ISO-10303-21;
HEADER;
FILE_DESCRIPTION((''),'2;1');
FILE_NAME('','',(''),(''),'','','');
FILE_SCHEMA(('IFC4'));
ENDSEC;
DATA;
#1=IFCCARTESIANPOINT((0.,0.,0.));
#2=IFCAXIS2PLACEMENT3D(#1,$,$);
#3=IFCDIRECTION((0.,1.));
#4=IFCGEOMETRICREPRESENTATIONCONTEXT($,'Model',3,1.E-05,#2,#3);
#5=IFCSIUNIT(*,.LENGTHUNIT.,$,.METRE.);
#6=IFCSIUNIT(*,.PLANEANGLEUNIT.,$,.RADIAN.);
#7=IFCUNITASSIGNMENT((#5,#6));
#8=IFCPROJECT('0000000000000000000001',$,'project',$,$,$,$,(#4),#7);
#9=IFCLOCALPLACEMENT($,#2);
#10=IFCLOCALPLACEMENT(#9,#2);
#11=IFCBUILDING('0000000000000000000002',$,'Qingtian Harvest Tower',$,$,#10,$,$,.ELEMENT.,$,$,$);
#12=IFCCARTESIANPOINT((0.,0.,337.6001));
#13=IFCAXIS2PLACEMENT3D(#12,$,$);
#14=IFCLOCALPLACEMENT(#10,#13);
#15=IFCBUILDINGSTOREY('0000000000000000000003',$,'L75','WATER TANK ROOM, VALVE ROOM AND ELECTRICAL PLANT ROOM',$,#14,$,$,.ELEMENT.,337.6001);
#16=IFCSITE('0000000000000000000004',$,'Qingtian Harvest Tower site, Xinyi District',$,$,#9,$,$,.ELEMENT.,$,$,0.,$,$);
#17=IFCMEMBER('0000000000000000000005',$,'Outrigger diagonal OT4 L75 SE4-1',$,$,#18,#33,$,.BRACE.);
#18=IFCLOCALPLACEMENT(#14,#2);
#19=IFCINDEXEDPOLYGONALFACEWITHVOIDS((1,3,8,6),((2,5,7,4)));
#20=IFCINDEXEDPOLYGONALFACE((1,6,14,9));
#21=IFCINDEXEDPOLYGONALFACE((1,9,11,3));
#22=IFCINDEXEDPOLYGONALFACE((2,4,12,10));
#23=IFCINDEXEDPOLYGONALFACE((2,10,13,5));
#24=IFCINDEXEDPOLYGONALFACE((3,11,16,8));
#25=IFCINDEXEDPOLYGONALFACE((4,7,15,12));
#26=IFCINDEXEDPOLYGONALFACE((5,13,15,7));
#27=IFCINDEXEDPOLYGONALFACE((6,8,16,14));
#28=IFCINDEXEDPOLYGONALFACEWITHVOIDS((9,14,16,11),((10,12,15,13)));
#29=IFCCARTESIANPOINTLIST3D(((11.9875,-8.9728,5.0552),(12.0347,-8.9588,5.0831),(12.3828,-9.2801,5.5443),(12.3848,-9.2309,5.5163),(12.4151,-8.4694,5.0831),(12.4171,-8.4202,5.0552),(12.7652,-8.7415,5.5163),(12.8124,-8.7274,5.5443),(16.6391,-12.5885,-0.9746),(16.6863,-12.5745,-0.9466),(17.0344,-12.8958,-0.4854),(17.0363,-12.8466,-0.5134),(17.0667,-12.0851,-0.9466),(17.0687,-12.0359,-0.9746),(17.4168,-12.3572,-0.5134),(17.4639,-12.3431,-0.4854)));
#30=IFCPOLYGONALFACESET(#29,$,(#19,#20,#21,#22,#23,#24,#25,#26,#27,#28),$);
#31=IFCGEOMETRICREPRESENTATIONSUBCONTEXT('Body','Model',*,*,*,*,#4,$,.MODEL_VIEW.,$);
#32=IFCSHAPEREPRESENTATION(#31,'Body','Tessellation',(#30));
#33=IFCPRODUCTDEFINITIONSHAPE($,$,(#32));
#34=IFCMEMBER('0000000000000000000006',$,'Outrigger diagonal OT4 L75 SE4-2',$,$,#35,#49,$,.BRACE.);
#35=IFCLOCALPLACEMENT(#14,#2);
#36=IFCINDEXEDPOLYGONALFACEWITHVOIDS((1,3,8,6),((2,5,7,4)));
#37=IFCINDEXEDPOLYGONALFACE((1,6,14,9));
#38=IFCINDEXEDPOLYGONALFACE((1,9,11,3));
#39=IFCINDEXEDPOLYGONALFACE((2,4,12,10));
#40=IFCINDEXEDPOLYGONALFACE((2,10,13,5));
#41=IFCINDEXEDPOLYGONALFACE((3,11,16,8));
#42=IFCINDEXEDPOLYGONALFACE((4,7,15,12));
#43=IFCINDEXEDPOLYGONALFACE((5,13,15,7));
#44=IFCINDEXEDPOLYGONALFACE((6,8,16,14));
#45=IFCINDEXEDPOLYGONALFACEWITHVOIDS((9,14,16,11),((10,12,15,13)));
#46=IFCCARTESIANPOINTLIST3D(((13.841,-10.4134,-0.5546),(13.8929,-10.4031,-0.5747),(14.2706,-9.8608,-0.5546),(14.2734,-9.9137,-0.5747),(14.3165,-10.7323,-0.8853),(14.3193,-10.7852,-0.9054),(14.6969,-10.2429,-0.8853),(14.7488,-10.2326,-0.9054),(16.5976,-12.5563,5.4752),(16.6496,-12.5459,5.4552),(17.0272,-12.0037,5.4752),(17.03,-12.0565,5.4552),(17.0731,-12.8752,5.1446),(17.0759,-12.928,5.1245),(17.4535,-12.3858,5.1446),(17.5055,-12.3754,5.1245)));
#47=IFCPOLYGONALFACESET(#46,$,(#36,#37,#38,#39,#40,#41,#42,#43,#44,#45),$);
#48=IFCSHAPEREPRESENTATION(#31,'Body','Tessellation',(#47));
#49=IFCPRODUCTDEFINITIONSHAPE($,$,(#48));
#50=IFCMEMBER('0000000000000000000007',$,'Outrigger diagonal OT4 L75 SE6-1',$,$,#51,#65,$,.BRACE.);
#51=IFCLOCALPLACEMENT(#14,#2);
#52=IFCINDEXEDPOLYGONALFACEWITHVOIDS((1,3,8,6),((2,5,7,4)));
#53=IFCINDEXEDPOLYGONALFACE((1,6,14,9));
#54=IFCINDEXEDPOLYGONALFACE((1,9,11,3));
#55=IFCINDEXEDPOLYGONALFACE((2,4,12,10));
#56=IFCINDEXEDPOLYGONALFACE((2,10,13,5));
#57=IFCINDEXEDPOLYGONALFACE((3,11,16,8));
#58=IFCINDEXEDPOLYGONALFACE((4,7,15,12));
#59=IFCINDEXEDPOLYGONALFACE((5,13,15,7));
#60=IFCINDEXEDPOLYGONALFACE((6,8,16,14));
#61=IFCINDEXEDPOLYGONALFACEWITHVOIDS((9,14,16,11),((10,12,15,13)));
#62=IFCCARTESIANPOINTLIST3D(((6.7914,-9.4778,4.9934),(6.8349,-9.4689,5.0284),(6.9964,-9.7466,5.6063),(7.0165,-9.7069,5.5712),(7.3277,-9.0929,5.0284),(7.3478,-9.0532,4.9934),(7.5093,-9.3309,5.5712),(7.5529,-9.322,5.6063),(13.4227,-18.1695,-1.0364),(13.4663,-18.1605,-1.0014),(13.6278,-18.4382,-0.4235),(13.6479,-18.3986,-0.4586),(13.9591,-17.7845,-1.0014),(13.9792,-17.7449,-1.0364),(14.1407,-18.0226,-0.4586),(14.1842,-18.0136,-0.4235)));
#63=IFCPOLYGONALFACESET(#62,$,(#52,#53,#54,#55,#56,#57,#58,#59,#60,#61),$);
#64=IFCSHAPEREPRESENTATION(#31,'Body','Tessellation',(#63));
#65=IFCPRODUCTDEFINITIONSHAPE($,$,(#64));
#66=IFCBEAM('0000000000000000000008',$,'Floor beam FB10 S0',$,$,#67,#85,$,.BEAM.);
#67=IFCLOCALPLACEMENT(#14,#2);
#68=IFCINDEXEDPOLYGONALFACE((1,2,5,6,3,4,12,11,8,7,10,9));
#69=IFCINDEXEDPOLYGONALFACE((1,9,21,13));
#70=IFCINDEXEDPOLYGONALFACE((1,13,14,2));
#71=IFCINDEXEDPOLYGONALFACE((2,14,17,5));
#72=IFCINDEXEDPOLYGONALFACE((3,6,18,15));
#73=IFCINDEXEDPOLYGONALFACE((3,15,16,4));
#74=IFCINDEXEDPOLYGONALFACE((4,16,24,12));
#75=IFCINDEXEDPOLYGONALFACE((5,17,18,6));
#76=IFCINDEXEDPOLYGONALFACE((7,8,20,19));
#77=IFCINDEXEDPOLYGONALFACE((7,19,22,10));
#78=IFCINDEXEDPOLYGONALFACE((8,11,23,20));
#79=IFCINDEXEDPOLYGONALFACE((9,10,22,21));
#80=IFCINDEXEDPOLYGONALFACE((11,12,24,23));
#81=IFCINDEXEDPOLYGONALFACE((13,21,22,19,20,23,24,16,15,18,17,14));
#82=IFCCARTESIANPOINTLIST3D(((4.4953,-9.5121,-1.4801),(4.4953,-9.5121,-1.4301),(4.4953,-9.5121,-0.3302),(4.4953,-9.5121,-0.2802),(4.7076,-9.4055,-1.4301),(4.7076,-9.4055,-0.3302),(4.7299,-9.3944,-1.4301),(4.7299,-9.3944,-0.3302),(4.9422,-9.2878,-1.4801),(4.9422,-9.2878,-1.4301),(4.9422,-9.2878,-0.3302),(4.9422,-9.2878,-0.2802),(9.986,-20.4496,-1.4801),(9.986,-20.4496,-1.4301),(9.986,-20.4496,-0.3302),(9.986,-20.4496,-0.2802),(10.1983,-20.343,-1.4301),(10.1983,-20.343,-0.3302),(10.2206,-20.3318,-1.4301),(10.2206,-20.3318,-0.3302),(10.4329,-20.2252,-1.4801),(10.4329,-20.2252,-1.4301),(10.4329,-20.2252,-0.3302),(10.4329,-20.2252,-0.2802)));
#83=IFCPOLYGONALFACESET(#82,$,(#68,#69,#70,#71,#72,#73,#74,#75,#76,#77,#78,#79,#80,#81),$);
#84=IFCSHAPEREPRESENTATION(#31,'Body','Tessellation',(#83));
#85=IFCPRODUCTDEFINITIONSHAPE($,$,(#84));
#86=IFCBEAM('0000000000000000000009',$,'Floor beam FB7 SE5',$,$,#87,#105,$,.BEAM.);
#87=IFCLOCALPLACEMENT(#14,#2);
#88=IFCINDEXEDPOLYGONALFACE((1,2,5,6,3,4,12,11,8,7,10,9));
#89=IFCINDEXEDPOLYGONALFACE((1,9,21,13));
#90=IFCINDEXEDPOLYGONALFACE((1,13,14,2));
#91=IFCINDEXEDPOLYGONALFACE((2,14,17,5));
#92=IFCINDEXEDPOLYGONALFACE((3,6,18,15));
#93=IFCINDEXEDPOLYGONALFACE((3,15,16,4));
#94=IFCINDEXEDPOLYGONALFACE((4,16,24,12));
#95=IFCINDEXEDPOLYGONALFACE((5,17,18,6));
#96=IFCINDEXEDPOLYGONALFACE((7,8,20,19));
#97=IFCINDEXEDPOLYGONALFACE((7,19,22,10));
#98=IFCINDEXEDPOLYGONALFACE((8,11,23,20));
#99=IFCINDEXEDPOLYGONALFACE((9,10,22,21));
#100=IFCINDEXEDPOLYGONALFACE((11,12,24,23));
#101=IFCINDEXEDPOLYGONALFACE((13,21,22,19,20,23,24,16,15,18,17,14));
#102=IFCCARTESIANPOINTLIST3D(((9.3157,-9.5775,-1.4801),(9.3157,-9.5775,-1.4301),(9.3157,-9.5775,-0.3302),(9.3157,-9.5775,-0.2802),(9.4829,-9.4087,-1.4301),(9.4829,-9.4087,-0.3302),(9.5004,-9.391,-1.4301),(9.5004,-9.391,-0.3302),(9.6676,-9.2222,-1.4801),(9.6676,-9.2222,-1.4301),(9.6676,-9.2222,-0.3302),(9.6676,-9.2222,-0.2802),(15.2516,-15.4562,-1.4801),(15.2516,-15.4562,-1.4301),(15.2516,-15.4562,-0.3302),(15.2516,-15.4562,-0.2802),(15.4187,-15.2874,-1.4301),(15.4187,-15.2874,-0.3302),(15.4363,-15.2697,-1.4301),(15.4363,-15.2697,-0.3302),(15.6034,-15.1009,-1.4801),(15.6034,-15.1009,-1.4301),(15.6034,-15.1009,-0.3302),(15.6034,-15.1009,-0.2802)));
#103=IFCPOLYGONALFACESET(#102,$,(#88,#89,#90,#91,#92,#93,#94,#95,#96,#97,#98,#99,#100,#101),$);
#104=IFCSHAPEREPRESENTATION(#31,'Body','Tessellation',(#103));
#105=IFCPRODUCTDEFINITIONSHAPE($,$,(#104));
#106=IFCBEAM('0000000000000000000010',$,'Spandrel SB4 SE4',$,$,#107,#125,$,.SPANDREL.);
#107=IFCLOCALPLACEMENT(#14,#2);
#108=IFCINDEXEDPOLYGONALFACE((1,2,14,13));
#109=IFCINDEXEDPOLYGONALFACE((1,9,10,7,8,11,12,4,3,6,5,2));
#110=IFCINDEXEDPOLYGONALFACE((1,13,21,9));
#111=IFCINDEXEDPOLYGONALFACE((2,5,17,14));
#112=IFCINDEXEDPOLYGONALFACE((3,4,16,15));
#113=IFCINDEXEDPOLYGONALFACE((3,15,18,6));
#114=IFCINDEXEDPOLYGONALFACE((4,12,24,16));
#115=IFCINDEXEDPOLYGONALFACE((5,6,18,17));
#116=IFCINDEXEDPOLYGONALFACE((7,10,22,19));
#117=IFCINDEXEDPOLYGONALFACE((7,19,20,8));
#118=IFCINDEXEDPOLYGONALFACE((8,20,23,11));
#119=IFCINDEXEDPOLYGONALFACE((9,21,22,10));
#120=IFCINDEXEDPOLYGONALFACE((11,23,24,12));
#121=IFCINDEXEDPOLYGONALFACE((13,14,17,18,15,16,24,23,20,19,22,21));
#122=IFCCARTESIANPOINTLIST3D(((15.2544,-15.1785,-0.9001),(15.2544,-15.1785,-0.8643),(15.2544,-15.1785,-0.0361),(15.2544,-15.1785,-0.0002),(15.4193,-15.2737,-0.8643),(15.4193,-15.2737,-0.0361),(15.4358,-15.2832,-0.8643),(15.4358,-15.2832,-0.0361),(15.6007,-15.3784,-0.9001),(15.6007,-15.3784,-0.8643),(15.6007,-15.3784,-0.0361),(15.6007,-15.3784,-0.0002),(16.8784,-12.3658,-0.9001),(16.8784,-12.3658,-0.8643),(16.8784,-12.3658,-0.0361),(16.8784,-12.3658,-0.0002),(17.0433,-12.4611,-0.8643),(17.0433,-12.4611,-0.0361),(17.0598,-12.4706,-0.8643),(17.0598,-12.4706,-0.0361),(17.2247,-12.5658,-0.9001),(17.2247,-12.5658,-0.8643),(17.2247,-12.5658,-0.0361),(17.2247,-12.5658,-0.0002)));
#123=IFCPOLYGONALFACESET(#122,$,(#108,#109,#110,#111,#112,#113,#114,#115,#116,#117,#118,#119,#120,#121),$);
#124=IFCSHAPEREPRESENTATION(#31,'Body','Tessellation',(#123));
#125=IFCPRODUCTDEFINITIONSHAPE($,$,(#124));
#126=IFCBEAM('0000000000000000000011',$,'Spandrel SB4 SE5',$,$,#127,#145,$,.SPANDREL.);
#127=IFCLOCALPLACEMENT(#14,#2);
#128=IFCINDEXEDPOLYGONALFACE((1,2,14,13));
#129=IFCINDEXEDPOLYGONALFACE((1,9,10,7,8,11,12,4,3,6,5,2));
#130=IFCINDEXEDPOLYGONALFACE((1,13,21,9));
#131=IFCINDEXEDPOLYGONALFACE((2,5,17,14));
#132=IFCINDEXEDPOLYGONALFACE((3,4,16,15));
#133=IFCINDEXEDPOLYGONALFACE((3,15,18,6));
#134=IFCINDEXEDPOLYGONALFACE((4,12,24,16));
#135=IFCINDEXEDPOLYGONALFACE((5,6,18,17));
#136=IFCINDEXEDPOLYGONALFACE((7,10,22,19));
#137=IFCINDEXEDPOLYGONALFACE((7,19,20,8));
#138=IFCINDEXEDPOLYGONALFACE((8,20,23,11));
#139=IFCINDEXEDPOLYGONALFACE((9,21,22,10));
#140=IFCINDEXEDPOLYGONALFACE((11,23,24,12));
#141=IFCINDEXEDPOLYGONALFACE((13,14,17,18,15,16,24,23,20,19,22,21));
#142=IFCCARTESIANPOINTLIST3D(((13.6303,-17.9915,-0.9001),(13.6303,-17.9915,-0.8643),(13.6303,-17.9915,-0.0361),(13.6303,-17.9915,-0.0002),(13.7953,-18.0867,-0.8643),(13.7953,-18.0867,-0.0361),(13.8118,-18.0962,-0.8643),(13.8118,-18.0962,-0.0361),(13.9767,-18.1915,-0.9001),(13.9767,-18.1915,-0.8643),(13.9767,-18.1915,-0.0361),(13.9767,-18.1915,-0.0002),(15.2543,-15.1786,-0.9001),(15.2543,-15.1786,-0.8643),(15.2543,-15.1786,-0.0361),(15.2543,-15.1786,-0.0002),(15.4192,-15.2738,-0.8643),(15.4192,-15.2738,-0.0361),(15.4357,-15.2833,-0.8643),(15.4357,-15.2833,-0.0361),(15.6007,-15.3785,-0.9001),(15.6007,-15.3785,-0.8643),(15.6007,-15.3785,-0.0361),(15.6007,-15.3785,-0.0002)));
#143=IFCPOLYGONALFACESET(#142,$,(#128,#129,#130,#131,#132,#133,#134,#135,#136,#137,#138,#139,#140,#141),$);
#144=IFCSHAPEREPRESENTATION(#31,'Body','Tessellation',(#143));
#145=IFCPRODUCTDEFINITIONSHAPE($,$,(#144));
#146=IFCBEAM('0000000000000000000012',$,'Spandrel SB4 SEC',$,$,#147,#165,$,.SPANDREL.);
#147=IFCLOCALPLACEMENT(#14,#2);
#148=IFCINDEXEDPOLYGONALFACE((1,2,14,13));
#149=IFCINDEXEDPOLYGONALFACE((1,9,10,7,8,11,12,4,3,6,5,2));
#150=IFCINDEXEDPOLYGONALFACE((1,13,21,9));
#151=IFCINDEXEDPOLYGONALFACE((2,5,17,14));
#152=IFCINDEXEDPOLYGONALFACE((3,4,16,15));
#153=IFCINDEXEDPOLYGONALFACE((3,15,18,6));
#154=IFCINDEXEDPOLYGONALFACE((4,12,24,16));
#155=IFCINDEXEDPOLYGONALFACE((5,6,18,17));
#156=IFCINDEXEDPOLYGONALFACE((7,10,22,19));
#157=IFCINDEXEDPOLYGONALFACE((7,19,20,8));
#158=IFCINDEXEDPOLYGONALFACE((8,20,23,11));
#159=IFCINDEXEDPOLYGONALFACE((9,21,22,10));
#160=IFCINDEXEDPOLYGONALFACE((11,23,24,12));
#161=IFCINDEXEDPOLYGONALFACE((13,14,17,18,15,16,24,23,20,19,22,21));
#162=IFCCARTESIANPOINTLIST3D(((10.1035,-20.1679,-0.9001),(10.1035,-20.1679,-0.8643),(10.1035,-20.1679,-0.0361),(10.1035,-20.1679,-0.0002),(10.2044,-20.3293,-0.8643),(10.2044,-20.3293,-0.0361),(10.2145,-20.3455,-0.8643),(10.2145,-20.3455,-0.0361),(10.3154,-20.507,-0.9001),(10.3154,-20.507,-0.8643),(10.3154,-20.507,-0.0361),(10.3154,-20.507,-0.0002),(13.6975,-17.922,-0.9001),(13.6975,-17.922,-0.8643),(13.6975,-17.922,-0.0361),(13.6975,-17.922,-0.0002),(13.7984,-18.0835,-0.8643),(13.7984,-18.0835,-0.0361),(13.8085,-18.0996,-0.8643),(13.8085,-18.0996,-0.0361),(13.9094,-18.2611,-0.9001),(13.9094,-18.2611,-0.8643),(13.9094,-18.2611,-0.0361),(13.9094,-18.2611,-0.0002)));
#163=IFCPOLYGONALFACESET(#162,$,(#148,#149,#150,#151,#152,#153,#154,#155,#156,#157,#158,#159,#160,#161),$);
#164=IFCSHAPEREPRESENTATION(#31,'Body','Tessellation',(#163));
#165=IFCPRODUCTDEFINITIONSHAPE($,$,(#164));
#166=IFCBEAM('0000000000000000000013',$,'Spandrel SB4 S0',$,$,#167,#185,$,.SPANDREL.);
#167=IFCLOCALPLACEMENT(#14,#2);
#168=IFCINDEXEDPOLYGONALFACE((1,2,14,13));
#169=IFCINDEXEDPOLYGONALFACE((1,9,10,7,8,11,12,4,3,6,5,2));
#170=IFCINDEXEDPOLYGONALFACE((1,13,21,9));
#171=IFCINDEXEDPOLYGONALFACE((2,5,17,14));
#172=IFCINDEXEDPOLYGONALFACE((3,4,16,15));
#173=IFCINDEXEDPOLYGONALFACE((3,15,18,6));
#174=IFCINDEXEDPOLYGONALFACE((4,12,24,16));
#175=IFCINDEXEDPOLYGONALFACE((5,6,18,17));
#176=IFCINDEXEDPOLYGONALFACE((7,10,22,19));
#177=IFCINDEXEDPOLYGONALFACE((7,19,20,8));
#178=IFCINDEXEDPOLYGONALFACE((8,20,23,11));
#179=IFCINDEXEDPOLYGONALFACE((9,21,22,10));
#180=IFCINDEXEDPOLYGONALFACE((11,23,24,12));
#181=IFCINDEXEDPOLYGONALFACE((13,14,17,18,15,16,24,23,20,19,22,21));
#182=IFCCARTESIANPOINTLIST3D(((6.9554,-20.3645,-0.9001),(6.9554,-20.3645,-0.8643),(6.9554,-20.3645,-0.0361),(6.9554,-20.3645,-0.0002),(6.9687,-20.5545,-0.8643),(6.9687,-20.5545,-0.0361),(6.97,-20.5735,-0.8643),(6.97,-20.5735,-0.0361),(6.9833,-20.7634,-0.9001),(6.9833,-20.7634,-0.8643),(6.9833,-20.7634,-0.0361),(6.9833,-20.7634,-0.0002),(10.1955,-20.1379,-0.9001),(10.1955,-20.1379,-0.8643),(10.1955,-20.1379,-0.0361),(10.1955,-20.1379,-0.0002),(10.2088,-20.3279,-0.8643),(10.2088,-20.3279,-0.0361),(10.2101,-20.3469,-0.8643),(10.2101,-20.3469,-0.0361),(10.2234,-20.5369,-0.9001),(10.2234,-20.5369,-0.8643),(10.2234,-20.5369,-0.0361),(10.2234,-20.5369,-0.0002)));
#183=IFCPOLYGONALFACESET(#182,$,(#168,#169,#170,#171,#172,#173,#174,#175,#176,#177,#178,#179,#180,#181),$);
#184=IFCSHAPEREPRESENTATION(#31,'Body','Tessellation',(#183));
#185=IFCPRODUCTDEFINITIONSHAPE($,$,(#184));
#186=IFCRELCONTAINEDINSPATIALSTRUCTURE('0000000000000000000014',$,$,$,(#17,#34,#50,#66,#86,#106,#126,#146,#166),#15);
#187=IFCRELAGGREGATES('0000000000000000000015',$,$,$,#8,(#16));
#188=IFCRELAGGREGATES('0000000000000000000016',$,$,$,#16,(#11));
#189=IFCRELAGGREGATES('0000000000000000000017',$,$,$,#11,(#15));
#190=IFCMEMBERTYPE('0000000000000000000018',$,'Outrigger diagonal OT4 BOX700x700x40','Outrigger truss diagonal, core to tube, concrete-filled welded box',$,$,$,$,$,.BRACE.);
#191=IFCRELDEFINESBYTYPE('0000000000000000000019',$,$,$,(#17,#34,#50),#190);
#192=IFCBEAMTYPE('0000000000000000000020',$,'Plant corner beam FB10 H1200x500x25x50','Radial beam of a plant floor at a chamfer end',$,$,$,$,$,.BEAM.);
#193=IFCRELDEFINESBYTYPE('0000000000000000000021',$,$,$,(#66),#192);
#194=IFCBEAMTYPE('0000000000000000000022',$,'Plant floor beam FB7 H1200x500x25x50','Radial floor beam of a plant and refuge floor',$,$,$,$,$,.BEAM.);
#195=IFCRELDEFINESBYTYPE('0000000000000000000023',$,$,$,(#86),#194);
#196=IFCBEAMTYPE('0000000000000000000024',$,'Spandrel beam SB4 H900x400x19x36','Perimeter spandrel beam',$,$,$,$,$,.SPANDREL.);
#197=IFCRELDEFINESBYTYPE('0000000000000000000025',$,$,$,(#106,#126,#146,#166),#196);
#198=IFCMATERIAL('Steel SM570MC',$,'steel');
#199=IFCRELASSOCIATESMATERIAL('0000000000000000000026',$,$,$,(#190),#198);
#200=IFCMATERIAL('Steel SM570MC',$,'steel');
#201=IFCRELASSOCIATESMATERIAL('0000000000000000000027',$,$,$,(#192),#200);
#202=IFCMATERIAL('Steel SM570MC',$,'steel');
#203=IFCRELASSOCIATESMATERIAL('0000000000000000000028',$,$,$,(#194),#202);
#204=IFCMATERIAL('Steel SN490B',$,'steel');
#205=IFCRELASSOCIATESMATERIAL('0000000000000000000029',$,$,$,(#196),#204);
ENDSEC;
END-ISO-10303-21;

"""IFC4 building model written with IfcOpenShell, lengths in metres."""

from ifc_helpers import new_model, si_unit, direction, frame, origin, origin_2d, place, context, subcontext, project, spatial, hollow_rectangle, i_section, extrude, material, material_profile, profile_set, type_object, element, save


model = new_model("IFC4")

# Units and contexts
model_context = context("Model", 3, precision=1e-05, world=origin(), true_north=direction((0.0, 1.0)))
body_context = subcontext(model_context, "Body", "Model", "MODEL_VIEW")
ifc_project = project(units=[si_unit("LENGTHUNIT", "METRE"), si_unit("PLANEANGLEUNIT", "RADIAN")], contexts=[model_context])

# Site, building, storey
site_placement = place(None, origin())
site = spatial("IfcSite", under=ifc_project, at=site_placement, Name="Qingtian Harvest Tower site, Xinyi District", CompositionType="ELEMENT", RefElevation=0.0)
building_placement = place(site_placement, origin())
building = spatial("IfcBuilding", under=site, at=building_placement, Name="Qingtian Harvest Tower", CompositionType="ELEMENT")
storey_placement = place(building_placement, frame((0.0, 0.0, 337.6001)))
storey = spatial("IfcBuildingStorey", under=building, at=storey_placement, Name="L75", Description="WATER TANK ROOM, VALVE ROOM AND ELECTRICAL PLANT ROOM", CompositionType="ELEMENT", Elevation=337.6001)

# Members
ifc_material_1 = material(Name="Steel SM570MC", Category="steel")
ifc_material_profile_1 = material_profile(ifc_material_1, hollow_rectangle(XDim=0.7, YDim=0.7, WallThickness=0.04, at=origin_2d()), Name="BOX700x700x40")
ifc_profile_set_1 = profile_set([ifc_material_profile_1], Name="Steel SM570MC")
member_type = type_object("IfcMemberType", Name="Outrigger diagonal OT4 BOX700x700x40", Description="Outrigger truss diagonal, core to tube, concrete-filled welded box", PredefinedType="BRACE", material=ifc_profile_set_1)
member_1_placement = place(storey_placement, frame((17.0515, -12.4658, -0.73), z_axis=(-0.551776, 0.428898, 0.715255), x_axis=(-0.613708, -0.789533, 0.0)))
element("IfcMember", 1, at=member_1_placement, inside=storey, type_object=member_type, Name="Outrigger diagonal OT4 L75 SE4-1", PredefinedType="BRACE", context=body_context, shape_type="SweptSolid", body=[
    extrude(hollow_rectangle(XDim=0.7, YDim=0.7, WallThickness=0.04, at=origin_2d()), origin(), (0.0, 0.0, 1.0), 8.4302),
])
member_2_placement = place(storey_placement, frame((14.2949, -10.323, -0.73), z_axis=(0.395625, -0.307537, 0.865391), x_axis=(0.613728, 0.789518, 0.0)))
element("IfcMember", 2, at=member_2_placement, inside=storey, type_object=member_type, Name="Outrigger diagonal OT4 L75 SE4-2", PredefinedType="BRACE", context=body_context, shape_type="SweptSolid", body=[
    extrude(hollow_rectangle(XDim=0.7, YDim=0.7, WallThickness=0.04, at=origin_2d()), origin(), (0.0, 0.0, 1.0), 6.9678),
])
member_3_placement = place(storey_placement, frame((13.8035, -18.0916, -0.73), z_axis=(-0.531141, 0.696162, 0.482958), x_axis=(-0.795029, -0.606572, 0.0)))
element("IfcMember", 3, at=member_3_placement, inside=storey, type_object=member_type, Name="Outrigger diagonal OT4 L75 SE6-1", PredefinedType="BRACE", context=body_context, shape_type="SweptSolid", body=[
    extrude(hollow_rectangle(XDim=0.7, YDim=0.7, WallThickness=0.04, at=origin_2d()), origin(), (0.0, 0.0, 1.0), 12.4851),
])

# Beams
ifc_material_2 = material(Name="Steel SM570MC", Category="steel")
ifc_material_profile_2 = material_profile(ifc_material_2, i_section(OverallWidth=0.5, OverallDepth=1.2, WebThickness=0.0249, FlangeThickness=0.05, at=origin_2d()), Name="H1200x500x25x50")
ifc_profile_set_2 = profile_set([ifc_material_profile_2], Name="Steel SM570MC")
beam_type_1 = type_object("IfcBeamType", Name="Plant corner beam FB10 H1200x500x25x50", Description="Radial beam of a plant floor at a chamfer end", PredefinedType="BEAM", material=ifc_profile_set_2)
beam_1_placement = place(storey_placement, frame((10.2095, -20.3374, -0.8801), z_axis=(-0.448649, 0.893708, 0.0), x_axis=(-0.893708, -0.448649, 0.0)))
element("IfcBeam", 4, at=beam_1_placement, inside=storey, type_object=beam_type_1, Name="Floor beam FB10 S0", PredefinedType="BEAM", context=body_context, shape_type="SweptSolid", body=[
    extrude(i_section(OverallWidth=0.5, OverallDepth=1.2, WebThickness=0.0249, FlangeThickness=0.05, at=origin_2d()), origin(), (0.0, 0.0, 1.0), 12.2383),
])
ifc_material_3 = material(Name="Steel SM570MC", Category="steel")
ifc_material_profile_3 = material_profile(ifc_material_3, i_section(OverallWidth=0.5, OverallDepth=1.2, WebThickness=0.0249, FlangeThickness=0.05, at=origin_2d()), Name="H1200x500x25x50")
ifc_profile_set_3 = profile_set([ifc_material_profile_3], Name="Steel SM570MC")
beam_type_2 = type_object("IfcBeamType", Name="Plant floor beam FB7 H1200x500x25x50", Description="Radial floor beam of a plant and refuge floor", PredefinedType="BEAM", material=ifc_profile_set_3)
beam_2_placement = place(storey_placement, frame((15.4275, -15.2786, -0.8801), z_axis=(-0.710518, 0.703679, 0.0), x_axis=(-0.703679, -0.710518, 0.0)))
element("IfcBeam", 5, at=beam_2_placement, inside=storey, type_object=beam_type_2, Name="Floor beam FB7 SE5", PredefinedType="BEAM", context=body_context, shape_type="SweptSolid", body=[
    extrude(i_section(OverallWidth=0.5, OverallDepth=1.2, WebThickness=0.0249, FlangeThickness=0.05, at=origin_2d()), origin(), (0.0, 0.0, 1.0), 8.3542),
])
ifc_material_4 = material(Name="Steel SN490B", Category="steel")
ifc_material_profile_4 = material_profile(ifc_material_4, i_section(OverallWidth=0.3999, OverallDepth=0.8999, WebThickness=0.019, FlangeThickness=0.0359, at=origin_2d()), Name="H900x400x19x36")
ifc_profile_set_4 = profile_set([ifc_material_profile_4], Name="Steel SN490B")
beam_type_3 = type_object("IfcBeamType", Name="Spandrel beam SB4 H900x400x19x36", Description="Perimeter spandrel beam", PredefinedType="SPANDREL", material=ifc_profile_set_4)
beam_3_placement = place(storey_placement, frame((17.0515, -12.4658, -0.4502), z_axis=(-0.50002, -0.866014, 0.0), x_axis=(0.866014, -0.50002, 0.0)))
element("IfcBeam", 6, at=beam_3_placement, inside=storey, type_object=beam_type_3, Name="Spandrel SB4 SE4", PredefinedType="SPANDREL", context=body_context, shape_type="SweptSolid", body=[
    extrude(i_section(OverallWidth=0.3999, OverallDepth=0.8999, WebThickness=0.019, FlangeThickness=0.0359, at=origin_2d()), origin(), (0.0, 0.0, 1.0), 3.2478),
])
beam_4_placement = place(storey_placement, frame((15.4275, -15.2786, -0.4502), z_axis=(-0.499987, -0.866033, 0.0), x_axis=(0.866033, -0.499987, 0.0)))
element("IfcBeam", 7, at=beam_4_placement, inside=storey, type_object=beam_type_3, Name="Spandrel SB4 SE5", PredefinedType="SPANDREL", context=body_context, shape_type="SweptSolid", body=[
    extrude(i_section(OverallWidth=0.3999, OverallDepth=0.8999, WebThickness=0.019, FlangeThickness=0.0359, at=origin_2d()), origin(), (0.0, 0.0, 1.0), 3.248),
])
beam_5_placement = place(storey_placement, frame((13.8035, -18.0916, -0.4502), z_axis=(-0.84804, -0.529932, 0.0), x_axis=(0.529932, -0.84804, 0.0)))
element("IfcBeam", 8, at=beam_5_placement, inside=storey, type_object=beam_type_3, Name="Spandrel SB4 SEC", PredefinedType="SPANDREL", context=body_context, shape_type="SweptSolid", body=[
    extrude(i_section(OverallWidth=0.3999, OverallDepth=0.8999, WebThickness=0.019, FlangeThickness=0.0359, at=origin_2d()), origin(), (0.0, 0.0, 1.0), 4.238),
])
beam_6_placement = place(storey_placement, frame((10.2095, -20.3374, -0.4502), z_axis=(-0.997564, -0.069751, 0.0), x_axis=(0.069751, -0.997564, 0.0)))
element("IfcBeam", 9, at=beam_6_placement, inside=storey, type_object=beam_type_3, Name="Spandrel SB4 S0", PredefinedType="SPANDREL", context=body_context, shape_type="SweptSolid", body=[
    extrude(i_section(OverallWidth=0.3999, OverallDepth=0.8999, WebThickness=0.019, FlangeThickness=0.0359, at=origin_2d()), origin(), (0.0, 0.0, 1.0), 3.248),
])

save(model, "model.ifc")
